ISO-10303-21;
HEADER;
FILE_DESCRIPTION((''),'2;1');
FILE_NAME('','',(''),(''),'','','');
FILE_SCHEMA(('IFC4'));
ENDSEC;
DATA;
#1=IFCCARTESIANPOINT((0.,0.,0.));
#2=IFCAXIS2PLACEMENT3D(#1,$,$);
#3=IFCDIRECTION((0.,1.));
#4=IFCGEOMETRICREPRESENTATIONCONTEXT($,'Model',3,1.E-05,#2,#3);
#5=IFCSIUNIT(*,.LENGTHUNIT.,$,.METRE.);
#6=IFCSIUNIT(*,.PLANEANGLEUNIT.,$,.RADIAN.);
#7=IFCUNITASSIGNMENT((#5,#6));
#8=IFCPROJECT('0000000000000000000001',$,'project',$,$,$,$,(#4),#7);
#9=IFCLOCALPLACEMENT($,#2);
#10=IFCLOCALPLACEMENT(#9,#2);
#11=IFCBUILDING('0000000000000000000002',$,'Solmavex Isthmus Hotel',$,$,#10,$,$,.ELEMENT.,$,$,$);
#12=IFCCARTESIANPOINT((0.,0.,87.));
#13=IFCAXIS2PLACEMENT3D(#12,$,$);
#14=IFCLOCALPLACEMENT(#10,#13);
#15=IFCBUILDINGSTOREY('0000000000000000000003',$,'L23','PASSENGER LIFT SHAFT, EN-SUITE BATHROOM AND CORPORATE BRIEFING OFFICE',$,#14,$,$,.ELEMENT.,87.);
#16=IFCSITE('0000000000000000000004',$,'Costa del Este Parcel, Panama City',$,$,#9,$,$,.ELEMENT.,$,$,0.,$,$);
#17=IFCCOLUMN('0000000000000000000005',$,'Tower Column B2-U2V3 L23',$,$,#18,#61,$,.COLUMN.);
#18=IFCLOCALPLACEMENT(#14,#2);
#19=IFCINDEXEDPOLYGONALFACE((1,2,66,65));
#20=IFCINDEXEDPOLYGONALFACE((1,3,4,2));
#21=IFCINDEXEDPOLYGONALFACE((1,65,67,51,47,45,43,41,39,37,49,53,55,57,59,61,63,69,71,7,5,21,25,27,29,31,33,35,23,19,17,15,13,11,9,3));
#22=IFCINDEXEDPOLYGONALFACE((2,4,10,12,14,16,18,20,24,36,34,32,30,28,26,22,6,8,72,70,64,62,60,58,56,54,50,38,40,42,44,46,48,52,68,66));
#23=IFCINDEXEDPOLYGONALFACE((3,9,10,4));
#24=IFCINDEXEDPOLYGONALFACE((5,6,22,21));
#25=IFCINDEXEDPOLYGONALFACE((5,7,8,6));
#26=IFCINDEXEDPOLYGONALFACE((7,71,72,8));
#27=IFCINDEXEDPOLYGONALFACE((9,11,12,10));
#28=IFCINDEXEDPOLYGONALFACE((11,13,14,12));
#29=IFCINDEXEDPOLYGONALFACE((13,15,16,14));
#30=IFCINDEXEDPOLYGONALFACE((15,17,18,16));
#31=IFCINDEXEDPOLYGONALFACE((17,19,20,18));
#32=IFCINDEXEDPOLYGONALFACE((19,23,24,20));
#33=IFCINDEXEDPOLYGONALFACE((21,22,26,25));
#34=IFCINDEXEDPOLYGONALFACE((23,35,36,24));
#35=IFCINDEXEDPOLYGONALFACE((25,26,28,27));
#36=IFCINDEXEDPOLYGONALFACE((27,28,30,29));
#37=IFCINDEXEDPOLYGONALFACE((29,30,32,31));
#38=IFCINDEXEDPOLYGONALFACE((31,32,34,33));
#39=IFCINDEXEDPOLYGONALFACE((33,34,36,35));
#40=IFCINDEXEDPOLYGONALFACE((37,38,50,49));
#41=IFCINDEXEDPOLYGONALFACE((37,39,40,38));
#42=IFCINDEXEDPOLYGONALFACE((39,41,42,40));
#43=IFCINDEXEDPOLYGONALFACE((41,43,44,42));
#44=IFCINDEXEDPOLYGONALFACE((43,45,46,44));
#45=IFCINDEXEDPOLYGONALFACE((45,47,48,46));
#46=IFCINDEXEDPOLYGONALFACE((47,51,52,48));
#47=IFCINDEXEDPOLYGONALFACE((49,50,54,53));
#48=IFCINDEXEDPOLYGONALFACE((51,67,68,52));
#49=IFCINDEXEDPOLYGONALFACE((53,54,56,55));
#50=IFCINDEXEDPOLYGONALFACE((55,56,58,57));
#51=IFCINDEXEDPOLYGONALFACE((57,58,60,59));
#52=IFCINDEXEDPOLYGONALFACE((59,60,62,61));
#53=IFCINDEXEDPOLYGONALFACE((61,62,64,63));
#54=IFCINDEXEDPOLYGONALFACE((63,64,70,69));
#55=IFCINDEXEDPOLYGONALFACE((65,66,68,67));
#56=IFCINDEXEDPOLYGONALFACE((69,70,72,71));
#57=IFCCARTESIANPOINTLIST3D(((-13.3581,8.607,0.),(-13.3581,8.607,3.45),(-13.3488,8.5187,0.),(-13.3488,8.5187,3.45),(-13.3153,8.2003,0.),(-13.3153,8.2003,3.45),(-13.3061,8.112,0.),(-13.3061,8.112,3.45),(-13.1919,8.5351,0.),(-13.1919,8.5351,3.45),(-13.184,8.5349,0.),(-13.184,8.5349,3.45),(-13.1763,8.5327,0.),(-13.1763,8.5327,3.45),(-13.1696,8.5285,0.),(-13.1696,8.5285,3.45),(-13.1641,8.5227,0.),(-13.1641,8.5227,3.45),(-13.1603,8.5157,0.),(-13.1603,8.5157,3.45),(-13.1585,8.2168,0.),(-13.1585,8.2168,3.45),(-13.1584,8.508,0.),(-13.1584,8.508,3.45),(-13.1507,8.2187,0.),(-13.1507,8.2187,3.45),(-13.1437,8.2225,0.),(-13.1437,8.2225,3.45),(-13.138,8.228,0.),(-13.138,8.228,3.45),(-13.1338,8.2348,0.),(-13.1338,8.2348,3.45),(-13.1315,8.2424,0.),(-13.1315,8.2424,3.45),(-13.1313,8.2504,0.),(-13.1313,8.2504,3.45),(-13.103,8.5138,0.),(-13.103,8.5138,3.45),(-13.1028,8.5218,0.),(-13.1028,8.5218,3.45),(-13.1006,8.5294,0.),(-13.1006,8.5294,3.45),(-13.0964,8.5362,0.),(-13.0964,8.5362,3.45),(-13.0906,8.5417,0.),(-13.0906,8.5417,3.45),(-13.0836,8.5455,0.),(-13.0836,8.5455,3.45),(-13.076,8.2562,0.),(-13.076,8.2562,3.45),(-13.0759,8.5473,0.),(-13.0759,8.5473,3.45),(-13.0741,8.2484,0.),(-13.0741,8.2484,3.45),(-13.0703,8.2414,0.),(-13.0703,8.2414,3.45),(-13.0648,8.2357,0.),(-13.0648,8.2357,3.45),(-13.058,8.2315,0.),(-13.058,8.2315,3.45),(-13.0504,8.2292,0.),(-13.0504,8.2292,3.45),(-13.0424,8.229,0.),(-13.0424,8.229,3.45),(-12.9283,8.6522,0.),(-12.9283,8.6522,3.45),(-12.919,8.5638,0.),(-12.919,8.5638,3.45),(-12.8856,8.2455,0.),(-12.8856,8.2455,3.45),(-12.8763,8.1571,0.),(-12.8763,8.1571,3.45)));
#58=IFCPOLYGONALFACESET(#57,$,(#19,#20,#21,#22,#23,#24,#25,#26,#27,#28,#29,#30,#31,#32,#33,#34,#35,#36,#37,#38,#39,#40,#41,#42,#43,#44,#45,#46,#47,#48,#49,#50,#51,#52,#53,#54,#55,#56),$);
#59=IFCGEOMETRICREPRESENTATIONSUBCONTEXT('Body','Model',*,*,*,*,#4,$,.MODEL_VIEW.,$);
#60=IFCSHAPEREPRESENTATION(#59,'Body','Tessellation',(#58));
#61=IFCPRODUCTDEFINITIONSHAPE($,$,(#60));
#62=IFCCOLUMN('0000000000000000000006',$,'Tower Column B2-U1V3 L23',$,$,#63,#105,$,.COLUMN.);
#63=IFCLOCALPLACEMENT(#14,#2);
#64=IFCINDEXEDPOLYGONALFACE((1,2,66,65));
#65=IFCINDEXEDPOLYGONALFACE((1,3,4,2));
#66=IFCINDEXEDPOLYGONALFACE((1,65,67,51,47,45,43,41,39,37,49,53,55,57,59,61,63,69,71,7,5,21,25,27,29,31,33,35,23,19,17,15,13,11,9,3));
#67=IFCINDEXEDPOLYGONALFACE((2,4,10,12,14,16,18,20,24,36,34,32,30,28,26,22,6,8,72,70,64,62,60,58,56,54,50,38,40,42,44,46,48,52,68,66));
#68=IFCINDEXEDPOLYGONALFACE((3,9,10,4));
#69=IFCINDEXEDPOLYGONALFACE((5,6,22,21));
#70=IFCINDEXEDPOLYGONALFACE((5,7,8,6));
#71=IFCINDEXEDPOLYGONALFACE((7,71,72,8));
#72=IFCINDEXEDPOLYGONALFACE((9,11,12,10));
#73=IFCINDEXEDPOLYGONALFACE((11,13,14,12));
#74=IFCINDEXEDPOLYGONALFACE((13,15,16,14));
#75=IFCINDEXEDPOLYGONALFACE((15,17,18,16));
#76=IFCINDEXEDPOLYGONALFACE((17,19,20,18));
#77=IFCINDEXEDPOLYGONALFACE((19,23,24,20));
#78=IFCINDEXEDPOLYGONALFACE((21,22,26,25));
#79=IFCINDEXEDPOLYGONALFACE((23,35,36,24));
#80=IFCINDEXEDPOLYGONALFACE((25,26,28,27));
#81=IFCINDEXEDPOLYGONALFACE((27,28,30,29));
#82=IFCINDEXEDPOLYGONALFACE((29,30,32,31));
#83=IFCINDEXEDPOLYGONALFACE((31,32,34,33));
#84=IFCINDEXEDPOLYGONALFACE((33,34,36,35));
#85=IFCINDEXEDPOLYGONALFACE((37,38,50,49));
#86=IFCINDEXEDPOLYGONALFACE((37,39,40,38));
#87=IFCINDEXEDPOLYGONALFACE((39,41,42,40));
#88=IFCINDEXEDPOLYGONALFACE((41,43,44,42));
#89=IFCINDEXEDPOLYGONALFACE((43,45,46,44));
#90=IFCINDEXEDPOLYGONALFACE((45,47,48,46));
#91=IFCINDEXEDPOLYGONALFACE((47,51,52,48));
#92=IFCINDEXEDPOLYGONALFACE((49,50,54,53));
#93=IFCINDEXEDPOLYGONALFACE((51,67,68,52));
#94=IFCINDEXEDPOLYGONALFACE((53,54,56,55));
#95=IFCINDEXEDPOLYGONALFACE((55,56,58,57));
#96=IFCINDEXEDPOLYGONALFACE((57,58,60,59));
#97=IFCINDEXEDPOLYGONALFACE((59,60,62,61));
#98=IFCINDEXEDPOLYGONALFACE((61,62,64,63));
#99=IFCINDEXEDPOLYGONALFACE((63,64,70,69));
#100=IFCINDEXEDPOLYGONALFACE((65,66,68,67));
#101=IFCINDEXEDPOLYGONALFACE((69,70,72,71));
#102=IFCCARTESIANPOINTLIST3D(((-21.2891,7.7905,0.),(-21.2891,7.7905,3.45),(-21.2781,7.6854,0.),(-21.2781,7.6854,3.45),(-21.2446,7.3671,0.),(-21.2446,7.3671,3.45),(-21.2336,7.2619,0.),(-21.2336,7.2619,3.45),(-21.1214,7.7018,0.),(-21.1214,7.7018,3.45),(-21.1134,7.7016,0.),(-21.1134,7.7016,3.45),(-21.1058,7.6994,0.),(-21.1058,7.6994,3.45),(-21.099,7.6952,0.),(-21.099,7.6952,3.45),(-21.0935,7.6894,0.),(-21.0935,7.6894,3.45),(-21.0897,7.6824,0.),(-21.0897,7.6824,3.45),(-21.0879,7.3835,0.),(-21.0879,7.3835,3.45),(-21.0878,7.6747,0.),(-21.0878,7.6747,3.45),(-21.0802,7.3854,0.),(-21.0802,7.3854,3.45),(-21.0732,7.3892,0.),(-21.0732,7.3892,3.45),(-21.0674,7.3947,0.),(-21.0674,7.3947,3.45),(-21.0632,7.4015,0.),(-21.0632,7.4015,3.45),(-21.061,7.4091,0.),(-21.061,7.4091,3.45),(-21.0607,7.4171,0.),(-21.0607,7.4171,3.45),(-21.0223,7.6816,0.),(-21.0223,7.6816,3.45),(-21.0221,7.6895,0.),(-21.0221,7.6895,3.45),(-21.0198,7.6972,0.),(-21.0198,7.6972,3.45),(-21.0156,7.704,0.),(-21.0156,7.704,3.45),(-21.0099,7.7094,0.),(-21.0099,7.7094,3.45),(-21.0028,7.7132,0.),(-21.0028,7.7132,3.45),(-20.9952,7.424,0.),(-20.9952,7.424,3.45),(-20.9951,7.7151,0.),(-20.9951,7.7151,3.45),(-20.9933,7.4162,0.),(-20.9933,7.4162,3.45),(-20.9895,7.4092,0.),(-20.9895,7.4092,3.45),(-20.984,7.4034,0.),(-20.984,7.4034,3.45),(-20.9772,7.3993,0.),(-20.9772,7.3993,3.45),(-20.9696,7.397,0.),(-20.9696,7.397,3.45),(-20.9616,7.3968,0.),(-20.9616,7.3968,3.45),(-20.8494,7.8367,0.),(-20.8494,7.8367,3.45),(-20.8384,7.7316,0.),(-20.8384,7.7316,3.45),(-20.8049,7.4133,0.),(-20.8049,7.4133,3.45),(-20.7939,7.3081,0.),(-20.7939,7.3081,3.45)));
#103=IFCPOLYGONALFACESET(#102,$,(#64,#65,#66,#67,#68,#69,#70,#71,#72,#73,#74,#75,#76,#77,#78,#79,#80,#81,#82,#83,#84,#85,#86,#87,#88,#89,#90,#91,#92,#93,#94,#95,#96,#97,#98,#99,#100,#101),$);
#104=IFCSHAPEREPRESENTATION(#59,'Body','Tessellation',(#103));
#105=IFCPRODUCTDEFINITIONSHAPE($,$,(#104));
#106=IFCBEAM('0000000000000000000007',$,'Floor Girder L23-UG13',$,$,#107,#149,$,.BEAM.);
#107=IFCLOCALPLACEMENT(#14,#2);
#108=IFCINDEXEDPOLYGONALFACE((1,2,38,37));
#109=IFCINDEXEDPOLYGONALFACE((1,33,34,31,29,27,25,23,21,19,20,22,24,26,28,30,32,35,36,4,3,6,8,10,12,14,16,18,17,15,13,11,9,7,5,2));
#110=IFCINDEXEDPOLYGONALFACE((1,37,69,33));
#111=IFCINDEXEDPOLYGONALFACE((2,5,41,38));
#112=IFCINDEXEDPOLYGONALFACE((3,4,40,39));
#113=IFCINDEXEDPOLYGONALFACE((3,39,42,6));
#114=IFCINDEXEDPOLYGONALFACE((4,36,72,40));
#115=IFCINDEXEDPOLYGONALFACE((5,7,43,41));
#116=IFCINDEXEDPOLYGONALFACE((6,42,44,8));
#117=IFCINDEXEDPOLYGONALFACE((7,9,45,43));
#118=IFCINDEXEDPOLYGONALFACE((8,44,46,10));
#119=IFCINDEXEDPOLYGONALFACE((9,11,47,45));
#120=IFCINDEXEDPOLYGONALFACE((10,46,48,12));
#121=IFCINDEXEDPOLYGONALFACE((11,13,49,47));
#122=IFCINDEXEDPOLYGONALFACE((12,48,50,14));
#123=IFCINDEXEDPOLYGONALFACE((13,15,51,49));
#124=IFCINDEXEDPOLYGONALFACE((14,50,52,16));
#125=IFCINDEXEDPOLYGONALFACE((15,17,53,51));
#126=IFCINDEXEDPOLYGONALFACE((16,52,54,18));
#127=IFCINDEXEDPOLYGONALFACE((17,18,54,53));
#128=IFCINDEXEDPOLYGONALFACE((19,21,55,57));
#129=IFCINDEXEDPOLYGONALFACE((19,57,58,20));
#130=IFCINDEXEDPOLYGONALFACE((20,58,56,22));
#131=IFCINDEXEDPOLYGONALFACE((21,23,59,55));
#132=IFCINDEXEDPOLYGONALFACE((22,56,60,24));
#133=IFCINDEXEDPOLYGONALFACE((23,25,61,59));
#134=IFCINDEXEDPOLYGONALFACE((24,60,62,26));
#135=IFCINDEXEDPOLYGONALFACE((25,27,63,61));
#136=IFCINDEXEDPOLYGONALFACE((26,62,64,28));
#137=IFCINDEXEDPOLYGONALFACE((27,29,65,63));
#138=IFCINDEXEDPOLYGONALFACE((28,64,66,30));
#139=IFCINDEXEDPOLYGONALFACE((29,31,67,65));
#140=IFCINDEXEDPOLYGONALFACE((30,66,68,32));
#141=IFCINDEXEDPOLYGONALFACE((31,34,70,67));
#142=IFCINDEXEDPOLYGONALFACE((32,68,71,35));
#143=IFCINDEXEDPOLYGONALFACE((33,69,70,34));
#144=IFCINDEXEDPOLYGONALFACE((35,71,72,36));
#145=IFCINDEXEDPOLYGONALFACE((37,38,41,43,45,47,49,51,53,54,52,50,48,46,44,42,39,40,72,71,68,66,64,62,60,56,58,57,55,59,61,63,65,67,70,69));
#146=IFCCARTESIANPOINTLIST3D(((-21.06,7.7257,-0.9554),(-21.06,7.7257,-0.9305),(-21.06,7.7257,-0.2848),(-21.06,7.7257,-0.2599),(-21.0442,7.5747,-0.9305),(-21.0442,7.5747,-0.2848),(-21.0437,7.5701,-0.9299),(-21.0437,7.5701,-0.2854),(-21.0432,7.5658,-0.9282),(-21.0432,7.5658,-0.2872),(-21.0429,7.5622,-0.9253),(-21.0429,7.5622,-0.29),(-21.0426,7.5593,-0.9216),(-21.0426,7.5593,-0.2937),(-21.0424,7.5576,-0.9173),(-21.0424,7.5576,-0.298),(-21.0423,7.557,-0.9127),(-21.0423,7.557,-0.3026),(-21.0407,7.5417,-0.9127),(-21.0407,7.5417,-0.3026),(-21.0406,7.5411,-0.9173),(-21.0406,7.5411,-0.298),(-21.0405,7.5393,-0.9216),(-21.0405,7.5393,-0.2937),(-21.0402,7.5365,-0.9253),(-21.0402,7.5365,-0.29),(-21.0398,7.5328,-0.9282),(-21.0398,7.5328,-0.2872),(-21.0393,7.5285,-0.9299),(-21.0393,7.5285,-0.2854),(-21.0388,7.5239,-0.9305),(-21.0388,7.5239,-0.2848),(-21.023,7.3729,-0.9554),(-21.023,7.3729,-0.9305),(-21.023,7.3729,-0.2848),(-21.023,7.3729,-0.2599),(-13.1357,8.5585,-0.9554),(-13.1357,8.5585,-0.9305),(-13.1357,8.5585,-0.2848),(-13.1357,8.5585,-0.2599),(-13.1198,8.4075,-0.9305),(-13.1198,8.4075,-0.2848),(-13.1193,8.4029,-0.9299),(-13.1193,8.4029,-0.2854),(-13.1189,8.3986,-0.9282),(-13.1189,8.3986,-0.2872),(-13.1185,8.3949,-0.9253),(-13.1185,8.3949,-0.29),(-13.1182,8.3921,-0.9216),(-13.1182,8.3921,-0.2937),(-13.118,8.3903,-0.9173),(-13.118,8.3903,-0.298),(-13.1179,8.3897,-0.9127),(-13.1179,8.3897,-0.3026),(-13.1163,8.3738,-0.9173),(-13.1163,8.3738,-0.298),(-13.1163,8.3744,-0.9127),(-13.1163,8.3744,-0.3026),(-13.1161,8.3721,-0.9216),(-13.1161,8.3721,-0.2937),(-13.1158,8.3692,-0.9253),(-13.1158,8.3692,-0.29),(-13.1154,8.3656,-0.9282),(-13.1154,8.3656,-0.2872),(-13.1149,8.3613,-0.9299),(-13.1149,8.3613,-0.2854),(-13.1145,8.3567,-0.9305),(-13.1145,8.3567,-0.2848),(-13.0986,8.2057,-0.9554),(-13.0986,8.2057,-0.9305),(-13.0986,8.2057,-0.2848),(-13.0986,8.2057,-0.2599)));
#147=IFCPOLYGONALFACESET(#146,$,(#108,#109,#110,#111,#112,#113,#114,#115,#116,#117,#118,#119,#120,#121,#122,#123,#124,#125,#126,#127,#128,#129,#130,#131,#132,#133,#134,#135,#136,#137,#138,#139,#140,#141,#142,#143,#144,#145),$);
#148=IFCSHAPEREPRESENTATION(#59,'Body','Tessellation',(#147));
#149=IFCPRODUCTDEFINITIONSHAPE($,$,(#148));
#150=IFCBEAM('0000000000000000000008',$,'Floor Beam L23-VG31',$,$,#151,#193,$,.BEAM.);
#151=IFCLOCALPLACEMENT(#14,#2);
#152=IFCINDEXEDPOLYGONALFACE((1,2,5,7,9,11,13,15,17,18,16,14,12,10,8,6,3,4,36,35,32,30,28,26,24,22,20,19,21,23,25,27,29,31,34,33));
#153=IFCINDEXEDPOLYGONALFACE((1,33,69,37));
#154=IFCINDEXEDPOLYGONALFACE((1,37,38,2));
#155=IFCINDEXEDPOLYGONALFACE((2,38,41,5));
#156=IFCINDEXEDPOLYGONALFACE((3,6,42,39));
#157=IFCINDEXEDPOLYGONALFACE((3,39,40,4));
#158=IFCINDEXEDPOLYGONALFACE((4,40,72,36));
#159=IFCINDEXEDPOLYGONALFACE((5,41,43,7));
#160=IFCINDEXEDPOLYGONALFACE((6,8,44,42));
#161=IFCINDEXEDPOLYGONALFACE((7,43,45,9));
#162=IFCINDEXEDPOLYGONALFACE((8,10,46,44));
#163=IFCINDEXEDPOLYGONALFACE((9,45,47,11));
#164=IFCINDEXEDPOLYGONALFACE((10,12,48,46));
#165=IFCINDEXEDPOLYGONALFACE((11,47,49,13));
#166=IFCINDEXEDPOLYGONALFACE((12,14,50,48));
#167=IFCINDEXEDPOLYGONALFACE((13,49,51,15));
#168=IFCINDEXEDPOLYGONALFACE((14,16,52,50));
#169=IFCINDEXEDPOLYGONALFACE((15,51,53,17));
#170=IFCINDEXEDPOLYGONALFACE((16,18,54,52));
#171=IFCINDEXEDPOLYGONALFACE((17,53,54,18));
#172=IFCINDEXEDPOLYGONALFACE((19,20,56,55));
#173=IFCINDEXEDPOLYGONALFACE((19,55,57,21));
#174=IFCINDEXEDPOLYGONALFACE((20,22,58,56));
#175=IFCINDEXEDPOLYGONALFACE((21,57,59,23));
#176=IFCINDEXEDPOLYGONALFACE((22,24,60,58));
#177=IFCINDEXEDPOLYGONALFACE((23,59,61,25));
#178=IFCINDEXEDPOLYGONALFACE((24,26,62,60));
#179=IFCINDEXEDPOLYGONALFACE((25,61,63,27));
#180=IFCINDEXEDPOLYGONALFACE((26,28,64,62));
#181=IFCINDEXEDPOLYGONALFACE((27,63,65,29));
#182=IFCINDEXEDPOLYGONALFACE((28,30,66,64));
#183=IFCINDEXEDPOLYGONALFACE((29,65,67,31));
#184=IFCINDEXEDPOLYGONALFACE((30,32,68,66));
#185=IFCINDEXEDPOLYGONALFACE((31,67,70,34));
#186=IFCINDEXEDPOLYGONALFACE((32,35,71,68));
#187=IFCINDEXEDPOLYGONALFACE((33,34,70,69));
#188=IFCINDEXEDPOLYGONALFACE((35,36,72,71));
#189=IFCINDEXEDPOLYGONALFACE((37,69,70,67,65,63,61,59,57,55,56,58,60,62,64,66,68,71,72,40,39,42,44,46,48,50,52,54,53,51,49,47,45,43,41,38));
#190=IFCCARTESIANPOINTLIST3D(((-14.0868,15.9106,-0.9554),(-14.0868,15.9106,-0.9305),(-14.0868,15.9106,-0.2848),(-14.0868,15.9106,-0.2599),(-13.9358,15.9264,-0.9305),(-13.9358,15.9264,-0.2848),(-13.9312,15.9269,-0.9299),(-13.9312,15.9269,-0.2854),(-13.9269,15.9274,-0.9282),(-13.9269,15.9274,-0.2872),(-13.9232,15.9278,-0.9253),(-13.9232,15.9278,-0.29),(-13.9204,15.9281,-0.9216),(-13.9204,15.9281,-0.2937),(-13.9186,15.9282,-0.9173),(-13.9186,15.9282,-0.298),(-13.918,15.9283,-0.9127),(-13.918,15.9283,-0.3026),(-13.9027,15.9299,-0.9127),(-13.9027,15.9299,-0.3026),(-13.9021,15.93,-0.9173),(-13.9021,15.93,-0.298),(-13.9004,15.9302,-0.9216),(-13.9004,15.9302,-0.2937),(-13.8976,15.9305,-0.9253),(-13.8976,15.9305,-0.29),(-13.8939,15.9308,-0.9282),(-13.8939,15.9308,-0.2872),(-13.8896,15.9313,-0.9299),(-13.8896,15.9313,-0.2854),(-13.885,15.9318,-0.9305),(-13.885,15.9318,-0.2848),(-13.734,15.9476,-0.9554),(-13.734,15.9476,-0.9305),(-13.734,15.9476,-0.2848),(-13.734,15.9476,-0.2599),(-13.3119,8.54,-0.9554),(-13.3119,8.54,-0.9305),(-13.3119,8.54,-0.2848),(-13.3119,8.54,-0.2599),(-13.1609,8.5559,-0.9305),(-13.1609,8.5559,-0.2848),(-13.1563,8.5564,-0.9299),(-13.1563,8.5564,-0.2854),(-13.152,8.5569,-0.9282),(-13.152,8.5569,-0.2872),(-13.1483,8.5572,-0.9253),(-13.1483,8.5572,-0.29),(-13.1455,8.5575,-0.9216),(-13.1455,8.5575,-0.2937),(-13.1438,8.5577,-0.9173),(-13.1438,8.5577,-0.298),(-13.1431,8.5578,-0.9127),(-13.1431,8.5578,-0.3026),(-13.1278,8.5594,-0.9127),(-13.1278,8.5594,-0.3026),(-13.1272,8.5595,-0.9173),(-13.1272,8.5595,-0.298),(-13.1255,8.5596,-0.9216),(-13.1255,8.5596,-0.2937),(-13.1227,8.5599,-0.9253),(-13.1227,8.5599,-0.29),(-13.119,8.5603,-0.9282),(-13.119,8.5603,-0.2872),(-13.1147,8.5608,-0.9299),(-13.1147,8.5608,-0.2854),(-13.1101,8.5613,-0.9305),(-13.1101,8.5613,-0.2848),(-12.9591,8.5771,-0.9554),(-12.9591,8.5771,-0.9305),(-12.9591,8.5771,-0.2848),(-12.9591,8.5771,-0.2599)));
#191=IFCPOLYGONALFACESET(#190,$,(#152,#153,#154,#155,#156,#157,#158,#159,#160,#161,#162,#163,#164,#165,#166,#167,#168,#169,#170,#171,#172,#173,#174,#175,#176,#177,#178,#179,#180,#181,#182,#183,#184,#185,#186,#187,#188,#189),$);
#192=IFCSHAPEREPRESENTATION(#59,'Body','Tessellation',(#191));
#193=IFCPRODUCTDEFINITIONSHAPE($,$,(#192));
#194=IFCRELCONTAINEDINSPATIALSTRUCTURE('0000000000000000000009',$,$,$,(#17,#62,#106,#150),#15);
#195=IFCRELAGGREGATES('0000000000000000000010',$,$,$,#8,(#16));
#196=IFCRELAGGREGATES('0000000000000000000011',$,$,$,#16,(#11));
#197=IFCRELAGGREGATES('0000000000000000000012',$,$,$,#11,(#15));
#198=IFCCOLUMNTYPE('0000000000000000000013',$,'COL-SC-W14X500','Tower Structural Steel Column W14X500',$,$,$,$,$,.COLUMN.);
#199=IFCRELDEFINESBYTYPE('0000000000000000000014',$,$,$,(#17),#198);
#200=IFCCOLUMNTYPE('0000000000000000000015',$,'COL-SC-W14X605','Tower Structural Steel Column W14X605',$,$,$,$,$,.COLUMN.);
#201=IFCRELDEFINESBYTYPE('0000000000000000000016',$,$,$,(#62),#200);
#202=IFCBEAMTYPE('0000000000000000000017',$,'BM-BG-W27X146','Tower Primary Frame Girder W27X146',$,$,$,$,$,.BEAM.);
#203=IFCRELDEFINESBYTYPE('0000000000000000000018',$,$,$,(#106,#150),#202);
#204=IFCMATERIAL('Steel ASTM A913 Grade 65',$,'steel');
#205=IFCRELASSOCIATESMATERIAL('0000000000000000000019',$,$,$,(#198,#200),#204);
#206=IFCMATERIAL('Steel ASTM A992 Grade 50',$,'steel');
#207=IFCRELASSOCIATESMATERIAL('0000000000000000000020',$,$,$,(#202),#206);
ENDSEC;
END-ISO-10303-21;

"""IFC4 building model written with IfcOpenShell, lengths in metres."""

from ifc_helpers import new_model, si_unit, direction, frame, origin, origin_2d, place, context, subcontext, project, spatial, i_section, extrude, material, material_profile, profile_set, type_object, element, save


model = new_model("IFC4")

# Units and contexts
model_context = context("Model", 3, precision=1e-05, world=origin(), true_north=direction((0.0, 1.0)))
body_context = subcontext(model_context, "Body", "Model", "MODEL_VIEW")
ifc_project = project(units=[si_unit("LENGTHUNIT", "METRE"), si_unit("PLANEANGLEUNIT", "RADIAN")], contexts=[model_context])

# Site, building, storey
site_placement = place(None, origin())
site = spatial("IfcSite", under=ifc_project, at=site_placement, Name="Costa del Este Parcel, Panama City", CompositionType="ELEMENT", RefElevation=0.0)
building_placement = place(site_placement, origin())
building = spatial("IfcBuilding", under=site, at=building_placement, Name="Solmavex Isthmus Hotel", CompositionType="ELEMENT")
storey_placement = place(building_placement, frame((0.0, 0.0, 87.0)))
storey = spatial("IfcBuildingStorey", under=building, at=storey_placement, Name="L23", Description="PASSENGER LIFT SHAFT, EN-SUITE BATHROOM AND CORPORATE BRIEFING OFFICE", CompositionType="ELEMENT", Elevation=87.0)

# Columns
ifc_material_1 = material(Name="Steel ASTM A913 Grade 65", Category="steel")
ifc_material_profile_1 = material_profile(ifc_material_1, i_section(OverallWidth=0.4321, OverallDepth=0.4978, WebThickness=0.0557, FlangeThickness=0.0889, FilletRadius=0.0305, at=origin_2d()), Name="W14X500")
ifc_profile_set_1 = profile_set([ifc_material_profile_1], Name="Steel ASTM A913 Grade 65")
column_type_1 = type_object("IfcColumnType", Name="COL-SC-W14X500", Description="Tower Structural Steel Column W14X500", PredefinedType="COLUMN", material=ifc_profile_set_1)
column_1_placement = place(storey_placement, frame((-13.1172, 8.3821, 0.0), z_axis=(0.0, 0.0, 1.0), x_axis=(0.994522, 0.104528, 0.0)))
element("IfcColumn", 1, at=column_1_placement, inside=storey, type_object=column_type_1, Name="Tower Column B2-U2V3 L23", PredefinedType="COLUMN", context=body_context, shape_type="SweptSolid", body=[
    extrude(i_section(OverallWidth=0.4321, OverallDepth=0.4978, WebThickness=0.0557, FlangeThickness=0.0889, FilletRadius=0.0305, at=origin_2d()), origin(), (0.0, 0.0, 1.0), 3.45),
])
ifc_material_profile_2 = material_profile(ifc_material_1, i_section(OverallWidth=0.4421, OverallDepth=0.5315, WebThickness=0.0659, FlangeThickness=0.1057, FilletRadius=0.0305, at=origin_2d()), Name="W14X605")
ifc_profile_set_2 = profile_set([ifc_material_profile_2], Name="Steel ASTM A913 Grade 65")
column_type_2 = type_object("IfcColumnType", Name="COL-SC-W14X605", Description="Tower Structural Steel Column W14X605", PredefinedType="COLUMN", material=ifc_profile_set_2)
column_2_placement = place(storey_placement, frame((-21.0415, 7.5493, 0.0), z_axis=(0.0, 0.0, 1.0), x_axis=(0.994522, 0.104528, 0.0)))
element("IfcColumn", 2, at=column_2_placement, inside=storey, type_object=column_type_2, Name="Tower Column B2-U1V3 L23", PredefinedType="COLUMN", context=body_context, shape_type="SweptSolid", body=[
    extrude(i_section(OverallWidth=0.4421, OverallDepth=0.5315, WebThickness=0.0659, FlangeThickness=0.1057, FilletRadius=0.0305, at=origin_2d()), origin(), (0.0, 0.0, 1.0), 3.45),
])

# Beams
ifc_material_2 = material(Name="Steel ASTM A992 Grade 50", Category="steel")
ifc_material_profile_3 = material_profile(ifc_material_2, i_section(OverallWidth=0.3547, OverallDepth=0.6956, WebThickness=0.0154, FlangeThickness=0.0249, FilletRadius=0.0178, at=origin_2d()), Name="W27X146")
ifc_profile_set_3 = profile_set([ifc_material_profile_3], Name="Steel ASTM A992 Grade 50")
beam_type_1 = type_object("IfcBeamType", Name="BM-BG-W27X146", Description="Tower Primary Frame Girder W27X146", PredefinedType="BEAM", material=ifc_profile_set_3)
beam_1_placement = place(storey_placement, frame((-21.0415, 7.5493, -0.6077), z_axis=(0.994523, 0.104514, 0.0), x_axis=(-0.104514, 0.994523, 0.0)))
element("IfcBeam", 3, at=beam_1_placement, inside=storey, type_object=beam_type_1, Name="Floor Girder L23-UG13", PredefinedType="BEAM", context=body_context, shape_type="SweptSolid", body=[
    extrude(i_section(OverallWidth=0.3547, OverallDepth=0.6956, WebThickness=0.0154, FlangeThickness=0.0249, FilletRadius=0.0178, at=origin_2d()), origin(), (0.0, 0.0, 1.0), 7.968),
])
beam_2_placement = place(storey_placement, frame((-13.1355, 8.5586, -0.6077), z_axis=(-0.104558, 0.994519, 0.0), x_axis=(-0.994519, -0.104558, 0.0)))
element("IfcBeam", 4, at=beam_2_placement, inside=storey, type_object=beam_type_1, Name="Floor Beam L23-VG31", PredefinedType="BEAM", context=body_context, shape_type="SweptSolid", body=[
    extrude(i_section(OverallWidth=0.3547, OverallDepth=0.6956, WebThickness=0.0154, FlangeThickness=0.0249, FilletRadius=0.0178, at=origin_2d()), origin(), (0.0, 0.0, 1.0), 7.4111),
])

save(model, "model.ifc")
